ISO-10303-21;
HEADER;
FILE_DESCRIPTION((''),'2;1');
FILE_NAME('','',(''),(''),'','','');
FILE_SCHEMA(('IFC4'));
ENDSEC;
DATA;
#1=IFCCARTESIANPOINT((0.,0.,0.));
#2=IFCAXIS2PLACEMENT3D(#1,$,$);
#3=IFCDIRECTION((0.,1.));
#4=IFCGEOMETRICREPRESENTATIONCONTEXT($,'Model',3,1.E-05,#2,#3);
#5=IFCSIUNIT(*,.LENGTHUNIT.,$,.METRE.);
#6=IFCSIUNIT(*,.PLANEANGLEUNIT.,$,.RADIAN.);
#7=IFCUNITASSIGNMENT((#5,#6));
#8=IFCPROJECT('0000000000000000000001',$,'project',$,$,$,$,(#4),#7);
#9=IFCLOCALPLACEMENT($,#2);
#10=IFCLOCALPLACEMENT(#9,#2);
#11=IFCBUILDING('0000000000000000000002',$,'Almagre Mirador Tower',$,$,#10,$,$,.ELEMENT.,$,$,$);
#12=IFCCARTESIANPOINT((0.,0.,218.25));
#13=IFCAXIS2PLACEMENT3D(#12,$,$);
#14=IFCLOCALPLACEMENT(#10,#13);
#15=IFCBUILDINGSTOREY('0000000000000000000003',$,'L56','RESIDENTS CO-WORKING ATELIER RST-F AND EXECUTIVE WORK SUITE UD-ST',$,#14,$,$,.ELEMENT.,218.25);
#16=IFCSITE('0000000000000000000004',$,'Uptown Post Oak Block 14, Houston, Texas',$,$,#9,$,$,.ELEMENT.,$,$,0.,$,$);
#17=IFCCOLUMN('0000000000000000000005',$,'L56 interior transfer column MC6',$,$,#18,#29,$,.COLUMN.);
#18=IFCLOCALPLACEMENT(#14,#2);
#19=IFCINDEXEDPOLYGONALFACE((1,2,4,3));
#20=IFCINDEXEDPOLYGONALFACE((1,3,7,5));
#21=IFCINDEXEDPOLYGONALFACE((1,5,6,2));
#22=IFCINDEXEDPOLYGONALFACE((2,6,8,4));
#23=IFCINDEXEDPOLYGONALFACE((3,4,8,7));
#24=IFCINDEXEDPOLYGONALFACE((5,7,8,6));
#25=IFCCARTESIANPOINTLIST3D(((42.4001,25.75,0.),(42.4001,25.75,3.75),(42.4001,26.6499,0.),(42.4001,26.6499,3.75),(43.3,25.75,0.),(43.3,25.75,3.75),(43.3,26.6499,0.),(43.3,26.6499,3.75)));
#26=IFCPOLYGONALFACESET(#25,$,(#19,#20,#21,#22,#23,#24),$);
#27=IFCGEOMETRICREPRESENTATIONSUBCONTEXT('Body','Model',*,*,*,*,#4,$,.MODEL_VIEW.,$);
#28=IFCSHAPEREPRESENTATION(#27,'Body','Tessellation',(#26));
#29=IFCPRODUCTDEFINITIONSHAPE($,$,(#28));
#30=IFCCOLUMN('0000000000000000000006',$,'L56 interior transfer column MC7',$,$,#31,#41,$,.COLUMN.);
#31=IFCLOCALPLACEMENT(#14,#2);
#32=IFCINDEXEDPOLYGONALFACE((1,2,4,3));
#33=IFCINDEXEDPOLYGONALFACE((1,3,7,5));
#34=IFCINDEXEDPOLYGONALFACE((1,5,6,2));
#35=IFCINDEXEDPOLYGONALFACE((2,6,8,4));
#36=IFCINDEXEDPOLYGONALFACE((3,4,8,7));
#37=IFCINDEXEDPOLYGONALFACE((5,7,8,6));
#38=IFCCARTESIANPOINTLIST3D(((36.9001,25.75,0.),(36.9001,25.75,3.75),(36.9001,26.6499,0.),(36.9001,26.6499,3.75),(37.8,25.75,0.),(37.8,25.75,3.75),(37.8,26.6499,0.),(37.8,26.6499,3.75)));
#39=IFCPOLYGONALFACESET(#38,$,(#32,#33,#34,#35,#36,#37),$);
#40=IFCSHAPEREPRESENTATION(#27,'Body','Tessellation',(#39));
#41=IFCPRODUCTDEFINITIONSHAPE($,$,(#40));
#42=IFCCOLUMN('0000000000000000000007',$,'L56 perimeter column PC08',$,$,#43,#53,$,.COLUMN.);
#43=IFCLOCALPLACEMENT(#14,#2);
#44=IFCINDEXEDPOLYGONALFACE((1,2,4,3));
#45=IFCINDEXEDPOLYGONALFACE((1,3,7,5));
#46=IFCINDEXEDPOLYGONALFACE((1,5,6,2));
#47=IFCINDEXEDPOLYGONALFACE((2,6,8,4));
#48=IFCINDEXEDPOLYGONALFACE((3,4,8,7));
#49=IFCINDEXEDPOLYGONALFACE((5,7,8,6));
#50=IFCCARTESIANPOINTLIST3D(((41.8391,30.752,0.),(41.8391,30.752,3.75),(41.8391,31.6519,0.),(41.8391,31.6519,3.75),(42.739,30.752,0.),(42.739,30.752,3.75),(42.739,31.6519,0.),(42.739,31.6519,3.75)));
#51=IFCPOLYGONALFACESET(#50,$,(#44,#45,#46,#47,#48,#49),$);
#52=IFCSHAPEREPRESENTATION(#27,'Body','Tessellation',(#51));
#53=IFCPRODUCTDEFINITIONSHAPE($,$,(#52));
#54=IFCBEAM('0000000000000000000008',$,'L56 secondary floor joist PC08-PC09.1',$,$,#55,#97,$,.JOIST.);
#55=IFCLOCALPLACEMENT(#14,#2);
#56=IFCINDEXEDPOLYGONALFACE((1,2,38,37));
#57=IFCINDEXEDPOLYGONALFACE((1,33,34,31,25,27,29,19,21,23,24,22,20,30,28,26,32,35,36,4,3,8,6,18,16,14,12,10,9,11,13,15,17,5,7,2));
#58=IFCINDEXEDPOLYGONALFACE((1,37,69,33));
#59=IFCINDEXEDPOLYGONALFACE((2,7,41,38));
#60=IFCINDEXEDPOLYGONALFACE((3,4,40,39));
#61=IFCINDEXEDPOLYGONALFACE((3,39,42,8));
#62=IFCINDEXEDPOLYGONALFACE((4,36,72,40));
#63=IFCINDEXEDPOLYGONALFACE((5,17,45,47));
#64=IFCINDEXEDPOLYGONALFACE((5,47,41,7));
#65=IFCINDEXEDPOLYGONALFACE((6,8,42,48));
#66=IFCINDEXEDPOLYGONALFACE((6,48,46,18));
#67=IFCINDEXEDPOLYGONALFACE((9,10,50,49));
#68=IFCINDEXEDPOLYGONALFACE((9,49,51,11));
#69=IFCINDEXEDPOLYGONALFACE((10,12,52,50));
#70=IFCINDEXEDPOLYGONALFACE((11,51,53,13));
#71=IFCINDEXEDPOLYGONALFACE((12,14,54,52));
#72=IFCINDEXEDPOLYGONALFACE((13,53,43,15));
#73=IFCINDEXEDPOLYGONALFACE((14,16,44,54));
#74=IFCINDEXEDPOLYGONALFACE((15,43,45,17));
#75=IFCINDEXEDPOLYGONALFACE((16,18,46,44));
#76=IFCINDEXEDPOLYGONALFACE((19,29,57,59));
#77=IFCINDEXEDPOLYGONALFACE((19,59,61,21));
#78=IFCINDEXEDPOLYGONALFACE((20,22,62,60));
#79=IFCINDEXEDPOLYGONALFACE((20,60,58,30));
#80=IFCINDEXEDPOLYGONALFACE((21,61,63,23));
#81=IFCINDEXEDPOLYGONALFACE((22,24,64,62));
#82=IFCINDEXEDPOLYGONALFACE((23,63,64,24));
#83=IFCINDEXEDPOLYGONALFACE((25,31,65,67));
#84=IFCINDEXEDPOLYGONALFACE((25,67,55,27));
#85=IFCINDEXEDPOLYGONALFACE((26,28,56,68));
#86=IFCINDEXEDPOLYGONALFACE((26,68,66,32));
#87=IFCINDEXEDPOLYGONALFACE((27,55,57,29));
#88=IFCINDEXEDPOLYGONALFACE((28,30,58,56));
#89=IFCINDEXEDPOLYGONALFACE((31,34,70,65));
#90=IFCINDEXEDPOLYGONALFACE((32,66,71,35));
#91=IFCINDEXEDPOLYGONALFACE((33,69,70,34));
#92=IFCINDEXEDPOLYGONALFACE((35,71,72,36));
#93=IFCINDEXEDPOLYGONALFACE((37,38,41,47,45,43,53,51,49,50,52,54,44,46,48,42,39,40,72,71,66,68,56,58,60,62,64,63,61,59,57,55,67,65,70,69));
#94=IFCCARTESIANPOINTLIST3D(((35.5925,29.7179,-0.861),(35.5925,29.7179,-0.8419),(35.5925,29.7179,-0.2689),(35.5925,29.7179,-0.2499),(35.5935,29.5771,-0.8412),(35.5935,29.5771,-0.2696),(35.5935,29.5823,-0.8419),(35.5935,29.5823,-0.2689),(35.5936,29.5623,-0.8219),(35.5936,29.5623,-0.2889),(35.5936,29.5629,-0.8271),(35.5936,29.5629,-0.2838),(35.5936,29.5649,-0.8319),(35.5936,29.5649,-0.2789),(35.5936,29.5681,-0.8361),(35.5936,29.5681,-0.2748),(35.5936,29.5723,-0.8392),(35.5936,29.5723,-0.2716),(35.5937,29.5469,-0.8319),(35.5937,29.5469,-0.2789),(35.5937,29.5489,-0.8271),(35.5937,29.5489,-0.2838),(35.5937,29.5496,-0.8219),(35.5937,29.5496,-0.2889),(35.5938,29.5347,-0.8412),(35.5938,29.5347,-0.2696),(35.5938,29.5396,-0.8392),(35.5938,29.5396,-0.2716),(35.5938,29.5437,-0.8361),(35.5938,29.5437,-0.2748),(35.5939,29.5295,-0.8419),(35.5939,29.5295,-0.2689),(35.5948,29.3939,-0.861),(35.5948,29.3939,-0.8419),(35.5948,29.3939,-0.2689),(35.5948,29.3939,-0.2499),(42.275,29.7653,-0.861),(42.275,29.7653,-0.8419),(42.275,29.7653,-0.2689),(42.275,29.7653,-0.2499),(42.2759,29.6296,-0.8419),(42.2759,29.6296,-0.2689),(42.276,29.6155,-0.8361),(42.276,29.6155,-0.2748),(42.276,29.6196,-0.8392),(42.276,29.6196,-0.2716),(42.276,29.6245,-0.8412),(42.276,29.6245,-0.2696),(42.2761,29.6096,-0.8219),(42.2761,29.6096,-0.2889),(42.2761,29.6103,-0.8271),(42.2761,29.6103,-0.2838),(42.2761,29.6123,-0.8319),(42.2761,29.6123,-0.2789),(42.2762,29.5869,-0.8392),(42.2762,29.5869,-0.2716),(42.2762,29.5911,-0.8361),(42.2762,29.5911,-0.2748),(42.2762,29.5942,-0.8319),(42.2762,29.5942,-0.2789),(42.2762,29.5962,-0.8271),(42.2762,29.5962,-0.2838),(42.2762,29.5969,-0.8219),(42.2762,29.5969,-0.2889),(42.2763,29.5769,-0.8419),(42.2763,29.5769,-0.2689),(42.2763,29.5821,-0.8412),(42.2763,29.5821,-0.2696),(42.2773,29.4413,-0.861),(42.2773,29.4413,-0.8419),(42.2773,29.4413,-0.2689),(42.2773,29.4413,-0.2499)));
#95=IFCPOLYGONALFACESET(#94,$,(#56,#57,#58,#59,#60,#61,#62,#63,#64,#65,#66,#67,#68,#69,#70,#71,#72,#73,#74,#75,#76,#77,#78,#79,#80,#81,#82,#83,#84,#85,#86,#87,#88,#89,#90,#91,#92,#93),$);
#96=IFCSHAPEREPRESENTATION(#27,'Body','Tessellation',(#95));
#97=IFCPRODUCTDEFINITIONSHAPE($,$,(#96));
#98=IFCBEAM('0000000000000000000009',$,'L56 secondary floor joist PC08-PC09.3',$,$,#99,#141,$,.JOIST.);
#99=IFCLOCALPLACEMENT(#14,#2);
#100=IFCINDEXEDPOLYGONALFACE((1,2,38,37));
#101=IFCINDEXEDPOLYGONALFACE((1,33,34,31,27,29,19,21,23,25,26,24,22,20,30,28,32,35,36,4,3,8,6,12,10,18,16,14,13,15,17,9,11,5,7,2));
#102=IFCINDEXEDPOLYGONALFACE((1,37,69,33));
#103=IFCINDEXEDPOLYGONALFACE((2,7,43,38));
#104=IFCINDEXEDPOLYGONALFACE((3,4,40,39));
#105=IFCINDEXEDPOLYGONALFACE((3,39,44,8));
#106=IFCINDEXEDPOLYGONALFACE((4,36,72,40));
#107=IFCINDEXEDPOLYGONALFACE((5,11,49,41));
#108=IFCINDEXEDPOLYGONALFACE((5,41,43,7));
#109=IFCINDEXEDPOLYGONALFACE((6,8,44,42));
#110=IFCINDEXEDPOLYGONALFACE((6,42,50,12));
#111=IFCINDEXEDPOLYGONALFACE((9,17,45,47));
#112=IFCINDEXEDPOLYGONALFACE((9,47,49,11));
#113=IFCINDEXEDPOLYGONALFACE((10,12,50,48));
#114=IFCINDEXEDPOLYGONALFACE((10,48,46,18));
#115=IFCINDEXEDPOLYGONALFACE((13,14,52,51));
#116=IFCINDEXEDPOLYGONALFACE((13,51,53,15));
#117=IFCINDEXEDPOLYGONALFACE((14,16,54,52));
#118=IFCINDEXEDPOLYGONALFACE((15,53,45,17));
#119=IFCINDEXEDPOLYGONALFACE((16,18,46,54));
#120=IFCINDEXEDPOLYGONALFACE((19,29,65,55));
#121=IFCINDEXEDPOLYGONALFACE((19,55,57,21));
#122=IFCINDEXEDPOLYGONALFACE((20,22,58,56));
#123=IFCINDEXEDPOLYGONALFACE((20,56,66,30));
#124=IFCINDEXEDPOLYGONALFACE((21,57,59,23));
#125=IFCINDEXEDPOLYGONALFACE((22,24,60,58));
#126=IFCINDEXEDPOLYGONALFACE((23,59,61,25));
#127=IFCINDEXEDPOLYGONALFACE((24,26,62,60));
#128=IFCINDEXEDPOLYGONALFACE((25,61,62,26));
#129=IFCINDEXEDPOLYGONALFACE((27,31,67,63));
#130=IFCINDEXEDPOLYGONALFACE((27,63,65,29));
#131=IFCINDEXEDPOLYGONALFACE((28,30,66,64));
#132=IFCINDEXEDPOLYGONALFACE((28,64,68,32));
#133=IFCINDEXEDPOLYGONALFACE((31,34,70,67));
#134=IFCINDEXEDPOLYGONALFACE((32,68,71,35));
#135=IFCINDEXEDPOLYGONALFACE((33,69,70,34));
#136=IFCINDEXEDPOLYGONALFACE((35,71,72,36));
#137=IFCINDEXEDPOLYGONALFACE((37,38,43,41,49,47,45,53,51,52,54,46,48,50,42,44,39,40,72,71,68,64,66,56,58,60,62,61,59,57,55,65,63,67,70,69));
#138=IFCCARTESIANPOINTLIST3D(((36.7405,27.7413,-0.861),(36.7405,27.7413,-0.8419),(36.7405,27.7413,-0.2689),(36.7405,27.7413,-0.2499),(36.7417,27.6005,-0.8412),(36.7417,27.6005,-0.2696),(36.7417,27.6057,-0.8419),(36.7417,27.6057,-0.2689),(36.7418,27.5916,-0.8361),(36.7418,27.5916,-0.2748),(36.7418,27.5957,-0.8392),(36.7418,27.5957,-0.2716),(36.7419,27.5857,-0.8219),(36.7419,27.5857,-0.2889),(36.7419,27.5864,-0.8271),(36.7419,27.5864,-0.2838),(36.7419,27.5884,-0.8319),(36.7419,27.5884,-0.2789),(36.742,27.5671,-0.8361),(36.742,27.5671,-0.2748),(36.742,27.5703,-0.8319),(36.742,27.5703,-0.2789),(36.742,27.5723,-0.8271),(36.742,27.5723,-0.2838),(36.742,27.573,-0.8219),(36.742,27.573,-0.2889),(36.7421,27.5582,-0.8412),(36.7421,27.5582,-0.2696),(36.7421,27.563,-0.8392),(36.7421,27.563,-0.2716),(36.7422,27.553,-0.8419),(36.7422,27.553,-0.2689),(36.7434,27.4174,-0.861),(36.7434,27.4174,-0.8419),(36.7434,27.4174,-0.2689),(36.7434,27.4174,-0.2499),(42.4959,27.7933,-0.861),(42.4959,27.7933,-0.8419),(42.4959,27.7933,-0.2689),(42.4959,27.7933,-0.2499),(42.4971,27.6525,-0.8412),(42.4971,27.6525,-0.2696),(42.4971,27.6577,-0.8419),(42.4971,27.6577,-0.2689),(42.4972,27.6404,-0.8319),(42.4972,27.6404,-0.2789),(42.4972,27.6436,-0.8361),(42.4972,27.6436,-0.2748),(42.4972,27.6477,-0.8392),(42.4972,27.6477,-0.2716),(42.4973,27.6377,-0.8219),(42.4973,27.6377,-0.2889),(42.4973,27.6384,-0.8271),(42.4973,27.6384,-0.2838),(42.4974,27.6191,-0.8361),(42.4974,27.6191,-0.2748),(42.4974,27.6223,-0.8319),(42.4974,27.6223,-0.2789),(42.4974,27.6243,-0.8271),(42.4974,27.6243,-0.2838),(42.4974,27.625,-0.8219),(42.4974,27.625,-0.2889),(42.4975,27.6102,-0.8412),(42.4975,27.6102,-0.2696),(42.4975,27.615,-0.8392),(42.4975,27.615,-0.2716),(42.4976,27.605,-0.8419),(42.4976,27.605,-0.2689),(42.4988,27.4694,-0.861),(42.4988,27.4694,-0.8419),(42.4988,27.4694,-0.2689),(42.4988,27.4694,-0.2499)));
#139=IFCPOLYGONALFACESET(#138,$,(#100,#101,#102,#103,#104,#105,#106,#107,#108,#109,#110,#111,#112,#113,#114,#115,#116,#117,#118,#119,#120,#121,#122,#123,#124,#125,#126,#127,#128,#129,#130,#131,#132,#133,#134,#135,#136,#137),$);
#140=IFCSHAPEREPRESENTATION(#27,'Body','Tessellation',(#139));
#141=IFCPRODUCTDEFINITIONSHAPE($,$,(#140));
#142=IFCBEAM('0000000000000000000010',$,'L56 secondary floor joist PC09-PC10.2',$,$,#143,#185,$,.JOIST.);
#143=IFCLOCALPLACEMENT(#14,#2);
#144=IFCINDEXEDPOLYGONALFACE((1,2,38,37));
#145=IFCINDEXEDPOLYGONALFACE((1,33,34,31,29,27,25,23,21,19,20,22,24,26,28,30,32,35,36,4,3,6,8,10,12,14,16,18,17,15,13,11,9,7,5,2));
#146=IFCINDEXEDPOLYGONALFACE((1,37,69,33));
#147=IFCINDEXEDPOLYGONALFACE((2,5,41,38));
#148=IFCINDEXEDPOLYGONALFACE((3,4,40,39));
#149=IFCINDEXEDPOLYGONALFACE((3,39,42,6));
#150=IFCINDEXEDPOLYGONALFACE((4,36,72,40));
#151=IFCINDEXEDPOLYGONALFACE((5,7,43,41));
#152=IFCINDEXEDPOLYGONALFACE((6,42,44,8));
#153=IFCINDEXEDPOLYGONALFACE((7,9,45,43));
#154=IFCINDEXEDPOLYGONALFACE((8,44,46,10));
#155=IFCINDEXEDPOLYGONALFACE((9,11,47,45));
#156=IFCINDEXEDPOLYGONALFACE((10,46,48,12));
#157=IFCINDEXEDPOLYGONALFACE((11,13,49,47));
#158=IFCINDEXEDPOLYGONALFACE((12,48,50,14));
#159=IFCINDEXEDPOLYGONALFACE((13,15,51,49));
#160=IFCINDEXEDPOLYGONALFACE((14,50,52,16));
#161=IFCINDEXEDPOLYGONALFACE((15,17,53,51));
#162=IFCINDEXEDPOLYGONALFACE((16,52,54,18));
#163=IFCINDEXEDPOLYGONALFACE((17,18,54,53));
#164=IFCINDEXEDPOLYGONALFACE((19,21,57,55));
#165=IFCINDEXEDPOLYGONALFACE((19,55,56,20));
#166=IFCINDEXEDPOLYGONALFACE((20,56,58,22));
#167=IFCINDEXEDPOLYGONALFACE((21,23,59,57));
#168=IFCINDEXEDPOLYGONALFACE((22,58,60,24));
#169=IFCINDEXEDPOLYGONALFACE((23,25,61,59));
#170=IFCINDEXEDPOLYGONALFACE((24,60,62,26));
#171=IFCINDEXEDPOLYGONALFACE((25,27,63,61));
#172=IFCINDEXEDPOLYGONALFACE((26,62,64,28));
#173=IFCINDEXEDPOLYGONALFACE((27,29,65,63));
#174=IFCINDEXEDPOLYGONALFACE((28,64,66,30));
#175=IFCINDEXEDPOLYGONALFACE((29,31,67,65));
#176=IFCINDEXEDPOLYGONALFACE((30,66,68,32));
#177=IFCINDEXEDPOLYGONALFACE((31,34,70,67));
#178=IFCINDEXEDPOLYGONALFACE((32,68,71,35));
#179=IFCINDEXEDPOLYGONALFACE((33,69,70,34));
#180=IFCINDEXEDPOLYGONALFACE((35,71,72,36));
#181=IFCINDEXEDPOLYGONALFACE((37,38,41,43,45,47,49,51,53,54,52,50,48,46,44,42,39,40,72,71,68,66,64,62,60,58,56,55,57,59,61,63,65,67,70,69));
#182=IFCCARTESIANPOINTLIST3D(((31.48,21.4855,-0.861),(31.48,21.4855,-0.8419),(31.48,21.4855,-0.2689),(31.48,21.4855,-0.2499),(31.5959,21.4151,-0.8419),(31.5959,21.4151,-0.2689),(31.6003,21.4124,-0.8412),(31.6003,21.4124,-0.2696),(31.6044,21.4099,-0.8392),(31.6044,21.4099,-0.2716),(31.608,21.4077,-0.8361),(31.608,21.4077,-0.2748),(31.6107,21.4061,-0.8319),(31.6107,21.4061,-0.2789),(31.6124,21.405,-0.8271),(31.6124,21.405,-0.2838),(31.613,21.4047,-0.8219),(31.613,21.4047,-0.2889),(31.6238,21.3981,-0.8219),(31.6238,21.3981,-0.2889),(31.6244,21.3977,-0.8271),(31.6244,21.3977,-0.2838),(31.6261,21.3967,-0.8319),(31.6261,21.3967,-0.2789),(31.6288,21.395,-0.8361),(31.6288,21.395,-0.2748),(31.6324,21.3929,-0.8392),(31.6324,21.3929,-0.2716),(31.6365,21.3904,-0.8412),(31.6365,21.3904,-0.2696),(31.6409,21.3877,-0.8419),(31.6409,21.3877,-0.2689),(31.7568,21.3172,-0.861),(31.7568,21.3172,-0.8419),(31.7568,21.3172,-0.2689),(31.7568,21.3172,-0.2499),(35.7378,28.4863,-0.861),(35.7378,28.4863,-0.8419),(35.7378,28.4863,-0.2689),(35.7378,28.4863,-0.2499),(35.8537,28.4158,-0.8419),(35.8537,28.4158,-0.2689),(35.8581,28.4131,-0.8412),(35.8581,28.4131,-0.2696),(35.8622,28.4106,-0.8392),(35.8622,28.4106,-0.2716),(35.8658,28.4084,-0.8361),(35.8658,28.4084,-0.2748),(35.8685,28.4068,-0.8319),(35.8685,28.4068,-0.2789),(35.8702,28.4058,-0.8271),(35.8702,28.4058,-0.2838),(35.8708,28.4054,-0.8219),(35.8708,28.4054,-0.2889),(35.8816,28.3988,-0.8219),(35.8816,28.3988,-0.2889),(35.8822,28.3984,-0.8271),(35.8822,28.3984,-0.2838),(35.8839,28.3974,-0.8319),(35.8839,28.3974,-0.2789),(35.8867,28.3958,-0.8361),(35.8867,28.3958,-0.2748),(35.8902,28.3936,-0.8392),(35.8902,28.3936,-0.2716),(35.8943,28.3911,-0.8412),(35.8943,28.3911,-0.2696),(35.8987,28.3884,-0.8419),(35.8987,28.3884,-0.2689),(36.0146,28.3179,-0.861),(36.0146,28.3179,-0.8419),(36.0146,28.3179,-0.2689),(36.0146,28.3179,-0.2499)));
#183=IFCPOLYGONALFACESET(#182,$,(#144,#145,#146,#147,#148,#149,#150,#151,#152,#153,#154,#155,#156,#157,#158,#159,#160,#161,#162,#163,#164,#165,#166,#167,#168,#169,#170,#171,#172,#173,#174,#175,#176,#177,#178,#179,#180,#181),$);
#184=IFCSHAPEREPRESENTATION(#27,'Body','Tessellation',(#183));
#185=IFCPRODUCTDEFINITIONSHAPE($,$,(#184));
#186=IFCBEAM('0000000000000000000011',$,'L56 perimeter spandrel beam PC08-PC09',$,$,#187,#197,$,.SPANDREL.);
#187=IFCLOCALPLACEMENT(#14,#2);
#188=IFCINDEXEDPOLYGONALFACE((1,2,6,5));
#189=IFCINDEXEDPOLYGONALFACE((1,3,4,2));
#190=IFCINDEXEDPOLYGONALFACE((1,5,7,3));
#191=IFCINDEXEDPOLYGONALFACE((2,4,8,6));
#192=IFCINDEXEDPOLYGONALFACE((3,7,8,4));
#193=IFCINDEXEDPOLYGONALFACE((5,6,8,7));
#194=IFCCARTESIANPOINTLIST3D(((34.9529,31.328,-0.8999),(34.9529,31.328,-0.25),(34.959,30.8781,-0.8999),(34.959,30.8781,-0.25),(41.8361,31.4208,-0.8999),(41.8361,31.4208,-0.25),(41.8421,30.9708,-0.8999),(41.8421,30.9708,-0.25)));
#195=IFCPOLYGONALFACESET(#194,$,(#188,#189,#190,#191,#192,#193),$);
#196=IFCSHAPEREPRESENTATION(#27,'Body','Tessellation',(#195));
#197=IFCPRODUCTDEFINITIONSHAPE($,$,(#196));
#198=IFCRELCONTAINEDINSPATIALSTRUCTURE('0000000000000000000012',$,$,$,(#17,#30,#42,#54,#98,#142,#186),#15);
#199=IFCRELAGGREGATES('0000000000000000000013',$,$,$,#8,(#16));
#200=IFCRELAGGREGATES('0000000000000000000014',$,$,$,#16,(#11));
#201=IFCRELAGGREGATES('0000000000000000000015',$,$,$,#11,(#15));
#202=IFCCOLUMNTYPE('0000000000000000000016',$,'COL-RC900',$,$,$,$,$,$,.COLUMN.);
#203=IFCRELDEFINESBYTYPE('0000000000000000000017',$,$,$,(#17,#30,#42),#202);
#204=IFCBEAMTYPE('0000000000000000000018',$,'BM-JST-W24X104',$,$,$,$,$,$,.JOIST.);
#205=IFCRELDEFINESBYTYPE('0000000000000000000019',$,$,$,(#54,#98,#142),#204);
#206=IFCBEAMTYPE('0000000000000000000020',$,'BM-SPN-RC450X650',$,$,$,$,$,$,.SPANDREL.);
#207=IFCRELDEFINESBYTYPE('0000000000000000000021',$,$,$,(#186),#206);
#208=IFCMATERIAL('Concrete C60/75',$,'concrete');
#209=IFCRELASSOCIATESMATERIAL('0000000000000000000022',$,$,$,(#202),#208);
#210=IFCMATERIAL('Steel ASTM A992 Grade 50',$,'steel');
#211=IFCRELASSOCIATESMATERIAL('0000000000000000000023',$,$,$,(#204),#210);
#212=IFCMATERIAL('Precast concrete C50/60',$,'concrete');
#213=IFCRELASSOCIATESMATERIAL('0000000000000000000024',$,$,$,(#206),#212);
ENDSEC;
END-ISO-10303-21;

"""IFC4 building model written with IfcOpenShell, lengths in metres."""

from ifc_helpers import new_model, si_unit, direction, frame, origin, origin_2d, place, context, subcontext, project, spatial, rectangle, i_section, extrude, material, material_profile, profile_set, type_object, element, save


model = new_model("IFC4")

# Units and contexts
model_context = context("Model", 3, precision=1e-05, world=origin(), true_north=direction((0.0, 1.0)))
body_context = subcontext(model_context, "Body", "Model", "MODEL_VIEW")
ifc_project = project(units=[si_unit("LENGTHUNIT", "METRE"), si_unit("PLANEANGLEUNIT", "RADIAN")], contexts=[model_context])

# Site, building, storey
site_placement = place(None, origin())
site = spatial("IfcSite", under=ifc_project, at=site_placement, Name="Uptown Post Oak Block 14, Houston, Texas", CompositionType="ELEMENT", RefElevation=0.0)
building_placement = place(site_placement, origin())
building = spatial("IfcBuilding", under=site, at=building_placement, Name="Almagre Mirador Tower", CompositionType="ELEMENT")
storey_placement = place(building_placement, frame((0.0, 0.0, 218.25)))
storey = spatial("IfcBuildingStorey", under=building, at=storey_placement, Name="L56", Description="RESIDENTS CO-WORKING ATELIER RST-F AND EXECUTIVE WORK SUITE UD-ST", CompositionType="ELEMENT", Elevation=218.25)

# Columns
ifc_material_1 = material(Name="Concrete C60/75", Category="concrete")
ifc_material_profile_1 = material_profile(ifc_material_1, rectangle(XDim=0.8999, YDim=0.8999, at=origin_2d()), Name="RC900X900")
ifc_profile_set_1 = profile_set([ifc_material_profile_1], Name="Concrete C60/75")
column_type = type_object("IfcColumnType", Name="COL-RC900", PredefinedType="COLUMN", material=ifc_profile_set_1)
for number, where, z_axis, x_axis, name in (
    (1, (42.8501, 26.2, 0.0), (0.0, 0.0, 1.0), (1.0, 0.0, 0.0), "L56 interior transfer column MC6"),
    (2, (37.3501, 26.2, 0.0), (0.0, 0.0, 1.0), (1.0, 0.0, 0.0), "L56 interior transfer column MC7"),
    (3, (42.2891, 31.2019, 0.0), (0.0, 0.0, 1.0), (1.0, 0.0, 0.0), "L56 perimeter column PC08"),
):
    element("IfcColumn", number, at=place(storey_placement, frame(where, z_axis=z_axis, x_axis=x_axis)), inside=storey, type_object=column_type, Name=name, PredefinedType="COLUMN", context=body_context, shape_type="SweptSolid", body=[
        extrude(rectangle(XDim=0.8999, YDim=0.8999, at=origin_2d()), origin(), (0.0, 0.0, 1.0), 3.75),
    ])

# Beams
ifc_material_2 = material(Name="Steel ASTM A992 Grade 50", Category="steel")
ifc_material_profile_2 = material_profile(ifc_material_2, i_section(OverallWidth=0.324, OverallDepth=0.6111, WebThickness=0.0127, FlangeThickness=0.019, FilletRadius=0.02, at=origin_2d()), Name="W24X104")
ifc_profile_set_2 = profile_set([ifc_material_profile_2], Name="Steel ASTM A992 Grade 50")
beam_type_1 = type_object("IfcBeamType", Name="BM-JST-W24X104", PredefinedType="JOIST", material=ifc_profile_set_2)
beam_1_placement = place(storey_placement, frame((42.2761, 29.6033, -0.5554), z_axis=(-0.999975, -0.007088, 0.0), x_axis=(0.007088, -0.999975, 0.0)))
element("IfcBeam", 4, at=beam_1_placement, inside=storey, type_object=beam_type_1, Name="L56 secondary floor joist PC08-PC09.1", PredefinedType="JOIST", context=body_context, shape_type="SweptSolid", body=[
    extrude(i_section(OverallWidth=0.324, OverallDepth=0.6111, WebThickness=0.0127, FlangeThickness=0.019, FilletRadius=0.02, at=origin_2d()), origin(), (0.0, 0.0, 1.0), 6.6826),
])
beam_2_placement = place(storey_placement, frame((42.4973, 27.6313, -0.5554), z_axis=(-0.999959, -0.009035, 0.0), x_axis=(0.009035, -0.999959, 0.0)))
element("IfcBeam", 5, at=beam_2_placement, inside=storey, type_object=beam_type_1, Name="L56 secondary floor joist PC08-PC09.3", PredefinedType="JOIST", context=body_context, shape_type="SweptSolid", body=[
    extrude(i_section(OverallWidth=0.324, OverallDepth=0.6111, WebThickness=0.0127, FlangeThickness=0.019, FilletRadius=0.02, at=origin_2d()), origin(), (0.0, 0.0, 1.0), 5.7556),
])
beam_3_placement = place(storey_placement, frame((35.8762, 28.4021, -0.5554), z_axis=(-0.519635, -0.854388, 0.0), x_axis=(0.854388, -0.519635, 0.0)))
element("IfcBeam", 6, at=beam_3_placement, inside=storey, type_object=beam_type_1, Name="L56 secondary floor joist PC09-PC10.2", PredefinedType="JOIST", context=body_context, shape_type="SweptSolid", body=[
    extrude(i_section(OverallWidth=0.324, OverallDepth=0.6111, WebThickness=0.0127, FlangeThickness=0.019, FilletRadius=0.02, at=origin_2d()), origin(), (0.0, 0.0, 1.0), 8.1938),
])
ifc_material_3 = material(Name="Precast concrete C50/60", Category="concrete")
ifc_material_profile_3 = material_profile(ifc_material_3, rectangle(XDim=0.45, YDim=0.6499, at=origin_2d()), Name="RC450X650")
ifc_profile_set_3 = profile_set([ifc_material_profile_3], Name="Precast concrete C50/60")
beam_type_2 = type_object("IfcBeamType", Name="BM-SPN-RC450X650", PredefinedType="SPANDREL", material=ifc_profile_set_3)
beam_4_placement = place(storey_placement, frame((41.8391, 31.1958, -0.575), z_axis=(-0.999909, -0.013477, 0.0), x_axis=(0.013477, -0.999909, 0.0)))
element("IfcBeam", 7, at=beam_4_placement, inside=storey, type_object=beam_type_2, Name="L56 perimeter spandrel beam PC08-PC09", PredefinedType="SPANDREL", context=body_context, shape_type="SweptSolid", body=[
    extrude(rectangle(XDim=0.45, YDim=0.6499, at=origin_2d()), origin(), (0.0, 0.0, 1.0), 6.8838),
])

save(model, "model.ifc")
